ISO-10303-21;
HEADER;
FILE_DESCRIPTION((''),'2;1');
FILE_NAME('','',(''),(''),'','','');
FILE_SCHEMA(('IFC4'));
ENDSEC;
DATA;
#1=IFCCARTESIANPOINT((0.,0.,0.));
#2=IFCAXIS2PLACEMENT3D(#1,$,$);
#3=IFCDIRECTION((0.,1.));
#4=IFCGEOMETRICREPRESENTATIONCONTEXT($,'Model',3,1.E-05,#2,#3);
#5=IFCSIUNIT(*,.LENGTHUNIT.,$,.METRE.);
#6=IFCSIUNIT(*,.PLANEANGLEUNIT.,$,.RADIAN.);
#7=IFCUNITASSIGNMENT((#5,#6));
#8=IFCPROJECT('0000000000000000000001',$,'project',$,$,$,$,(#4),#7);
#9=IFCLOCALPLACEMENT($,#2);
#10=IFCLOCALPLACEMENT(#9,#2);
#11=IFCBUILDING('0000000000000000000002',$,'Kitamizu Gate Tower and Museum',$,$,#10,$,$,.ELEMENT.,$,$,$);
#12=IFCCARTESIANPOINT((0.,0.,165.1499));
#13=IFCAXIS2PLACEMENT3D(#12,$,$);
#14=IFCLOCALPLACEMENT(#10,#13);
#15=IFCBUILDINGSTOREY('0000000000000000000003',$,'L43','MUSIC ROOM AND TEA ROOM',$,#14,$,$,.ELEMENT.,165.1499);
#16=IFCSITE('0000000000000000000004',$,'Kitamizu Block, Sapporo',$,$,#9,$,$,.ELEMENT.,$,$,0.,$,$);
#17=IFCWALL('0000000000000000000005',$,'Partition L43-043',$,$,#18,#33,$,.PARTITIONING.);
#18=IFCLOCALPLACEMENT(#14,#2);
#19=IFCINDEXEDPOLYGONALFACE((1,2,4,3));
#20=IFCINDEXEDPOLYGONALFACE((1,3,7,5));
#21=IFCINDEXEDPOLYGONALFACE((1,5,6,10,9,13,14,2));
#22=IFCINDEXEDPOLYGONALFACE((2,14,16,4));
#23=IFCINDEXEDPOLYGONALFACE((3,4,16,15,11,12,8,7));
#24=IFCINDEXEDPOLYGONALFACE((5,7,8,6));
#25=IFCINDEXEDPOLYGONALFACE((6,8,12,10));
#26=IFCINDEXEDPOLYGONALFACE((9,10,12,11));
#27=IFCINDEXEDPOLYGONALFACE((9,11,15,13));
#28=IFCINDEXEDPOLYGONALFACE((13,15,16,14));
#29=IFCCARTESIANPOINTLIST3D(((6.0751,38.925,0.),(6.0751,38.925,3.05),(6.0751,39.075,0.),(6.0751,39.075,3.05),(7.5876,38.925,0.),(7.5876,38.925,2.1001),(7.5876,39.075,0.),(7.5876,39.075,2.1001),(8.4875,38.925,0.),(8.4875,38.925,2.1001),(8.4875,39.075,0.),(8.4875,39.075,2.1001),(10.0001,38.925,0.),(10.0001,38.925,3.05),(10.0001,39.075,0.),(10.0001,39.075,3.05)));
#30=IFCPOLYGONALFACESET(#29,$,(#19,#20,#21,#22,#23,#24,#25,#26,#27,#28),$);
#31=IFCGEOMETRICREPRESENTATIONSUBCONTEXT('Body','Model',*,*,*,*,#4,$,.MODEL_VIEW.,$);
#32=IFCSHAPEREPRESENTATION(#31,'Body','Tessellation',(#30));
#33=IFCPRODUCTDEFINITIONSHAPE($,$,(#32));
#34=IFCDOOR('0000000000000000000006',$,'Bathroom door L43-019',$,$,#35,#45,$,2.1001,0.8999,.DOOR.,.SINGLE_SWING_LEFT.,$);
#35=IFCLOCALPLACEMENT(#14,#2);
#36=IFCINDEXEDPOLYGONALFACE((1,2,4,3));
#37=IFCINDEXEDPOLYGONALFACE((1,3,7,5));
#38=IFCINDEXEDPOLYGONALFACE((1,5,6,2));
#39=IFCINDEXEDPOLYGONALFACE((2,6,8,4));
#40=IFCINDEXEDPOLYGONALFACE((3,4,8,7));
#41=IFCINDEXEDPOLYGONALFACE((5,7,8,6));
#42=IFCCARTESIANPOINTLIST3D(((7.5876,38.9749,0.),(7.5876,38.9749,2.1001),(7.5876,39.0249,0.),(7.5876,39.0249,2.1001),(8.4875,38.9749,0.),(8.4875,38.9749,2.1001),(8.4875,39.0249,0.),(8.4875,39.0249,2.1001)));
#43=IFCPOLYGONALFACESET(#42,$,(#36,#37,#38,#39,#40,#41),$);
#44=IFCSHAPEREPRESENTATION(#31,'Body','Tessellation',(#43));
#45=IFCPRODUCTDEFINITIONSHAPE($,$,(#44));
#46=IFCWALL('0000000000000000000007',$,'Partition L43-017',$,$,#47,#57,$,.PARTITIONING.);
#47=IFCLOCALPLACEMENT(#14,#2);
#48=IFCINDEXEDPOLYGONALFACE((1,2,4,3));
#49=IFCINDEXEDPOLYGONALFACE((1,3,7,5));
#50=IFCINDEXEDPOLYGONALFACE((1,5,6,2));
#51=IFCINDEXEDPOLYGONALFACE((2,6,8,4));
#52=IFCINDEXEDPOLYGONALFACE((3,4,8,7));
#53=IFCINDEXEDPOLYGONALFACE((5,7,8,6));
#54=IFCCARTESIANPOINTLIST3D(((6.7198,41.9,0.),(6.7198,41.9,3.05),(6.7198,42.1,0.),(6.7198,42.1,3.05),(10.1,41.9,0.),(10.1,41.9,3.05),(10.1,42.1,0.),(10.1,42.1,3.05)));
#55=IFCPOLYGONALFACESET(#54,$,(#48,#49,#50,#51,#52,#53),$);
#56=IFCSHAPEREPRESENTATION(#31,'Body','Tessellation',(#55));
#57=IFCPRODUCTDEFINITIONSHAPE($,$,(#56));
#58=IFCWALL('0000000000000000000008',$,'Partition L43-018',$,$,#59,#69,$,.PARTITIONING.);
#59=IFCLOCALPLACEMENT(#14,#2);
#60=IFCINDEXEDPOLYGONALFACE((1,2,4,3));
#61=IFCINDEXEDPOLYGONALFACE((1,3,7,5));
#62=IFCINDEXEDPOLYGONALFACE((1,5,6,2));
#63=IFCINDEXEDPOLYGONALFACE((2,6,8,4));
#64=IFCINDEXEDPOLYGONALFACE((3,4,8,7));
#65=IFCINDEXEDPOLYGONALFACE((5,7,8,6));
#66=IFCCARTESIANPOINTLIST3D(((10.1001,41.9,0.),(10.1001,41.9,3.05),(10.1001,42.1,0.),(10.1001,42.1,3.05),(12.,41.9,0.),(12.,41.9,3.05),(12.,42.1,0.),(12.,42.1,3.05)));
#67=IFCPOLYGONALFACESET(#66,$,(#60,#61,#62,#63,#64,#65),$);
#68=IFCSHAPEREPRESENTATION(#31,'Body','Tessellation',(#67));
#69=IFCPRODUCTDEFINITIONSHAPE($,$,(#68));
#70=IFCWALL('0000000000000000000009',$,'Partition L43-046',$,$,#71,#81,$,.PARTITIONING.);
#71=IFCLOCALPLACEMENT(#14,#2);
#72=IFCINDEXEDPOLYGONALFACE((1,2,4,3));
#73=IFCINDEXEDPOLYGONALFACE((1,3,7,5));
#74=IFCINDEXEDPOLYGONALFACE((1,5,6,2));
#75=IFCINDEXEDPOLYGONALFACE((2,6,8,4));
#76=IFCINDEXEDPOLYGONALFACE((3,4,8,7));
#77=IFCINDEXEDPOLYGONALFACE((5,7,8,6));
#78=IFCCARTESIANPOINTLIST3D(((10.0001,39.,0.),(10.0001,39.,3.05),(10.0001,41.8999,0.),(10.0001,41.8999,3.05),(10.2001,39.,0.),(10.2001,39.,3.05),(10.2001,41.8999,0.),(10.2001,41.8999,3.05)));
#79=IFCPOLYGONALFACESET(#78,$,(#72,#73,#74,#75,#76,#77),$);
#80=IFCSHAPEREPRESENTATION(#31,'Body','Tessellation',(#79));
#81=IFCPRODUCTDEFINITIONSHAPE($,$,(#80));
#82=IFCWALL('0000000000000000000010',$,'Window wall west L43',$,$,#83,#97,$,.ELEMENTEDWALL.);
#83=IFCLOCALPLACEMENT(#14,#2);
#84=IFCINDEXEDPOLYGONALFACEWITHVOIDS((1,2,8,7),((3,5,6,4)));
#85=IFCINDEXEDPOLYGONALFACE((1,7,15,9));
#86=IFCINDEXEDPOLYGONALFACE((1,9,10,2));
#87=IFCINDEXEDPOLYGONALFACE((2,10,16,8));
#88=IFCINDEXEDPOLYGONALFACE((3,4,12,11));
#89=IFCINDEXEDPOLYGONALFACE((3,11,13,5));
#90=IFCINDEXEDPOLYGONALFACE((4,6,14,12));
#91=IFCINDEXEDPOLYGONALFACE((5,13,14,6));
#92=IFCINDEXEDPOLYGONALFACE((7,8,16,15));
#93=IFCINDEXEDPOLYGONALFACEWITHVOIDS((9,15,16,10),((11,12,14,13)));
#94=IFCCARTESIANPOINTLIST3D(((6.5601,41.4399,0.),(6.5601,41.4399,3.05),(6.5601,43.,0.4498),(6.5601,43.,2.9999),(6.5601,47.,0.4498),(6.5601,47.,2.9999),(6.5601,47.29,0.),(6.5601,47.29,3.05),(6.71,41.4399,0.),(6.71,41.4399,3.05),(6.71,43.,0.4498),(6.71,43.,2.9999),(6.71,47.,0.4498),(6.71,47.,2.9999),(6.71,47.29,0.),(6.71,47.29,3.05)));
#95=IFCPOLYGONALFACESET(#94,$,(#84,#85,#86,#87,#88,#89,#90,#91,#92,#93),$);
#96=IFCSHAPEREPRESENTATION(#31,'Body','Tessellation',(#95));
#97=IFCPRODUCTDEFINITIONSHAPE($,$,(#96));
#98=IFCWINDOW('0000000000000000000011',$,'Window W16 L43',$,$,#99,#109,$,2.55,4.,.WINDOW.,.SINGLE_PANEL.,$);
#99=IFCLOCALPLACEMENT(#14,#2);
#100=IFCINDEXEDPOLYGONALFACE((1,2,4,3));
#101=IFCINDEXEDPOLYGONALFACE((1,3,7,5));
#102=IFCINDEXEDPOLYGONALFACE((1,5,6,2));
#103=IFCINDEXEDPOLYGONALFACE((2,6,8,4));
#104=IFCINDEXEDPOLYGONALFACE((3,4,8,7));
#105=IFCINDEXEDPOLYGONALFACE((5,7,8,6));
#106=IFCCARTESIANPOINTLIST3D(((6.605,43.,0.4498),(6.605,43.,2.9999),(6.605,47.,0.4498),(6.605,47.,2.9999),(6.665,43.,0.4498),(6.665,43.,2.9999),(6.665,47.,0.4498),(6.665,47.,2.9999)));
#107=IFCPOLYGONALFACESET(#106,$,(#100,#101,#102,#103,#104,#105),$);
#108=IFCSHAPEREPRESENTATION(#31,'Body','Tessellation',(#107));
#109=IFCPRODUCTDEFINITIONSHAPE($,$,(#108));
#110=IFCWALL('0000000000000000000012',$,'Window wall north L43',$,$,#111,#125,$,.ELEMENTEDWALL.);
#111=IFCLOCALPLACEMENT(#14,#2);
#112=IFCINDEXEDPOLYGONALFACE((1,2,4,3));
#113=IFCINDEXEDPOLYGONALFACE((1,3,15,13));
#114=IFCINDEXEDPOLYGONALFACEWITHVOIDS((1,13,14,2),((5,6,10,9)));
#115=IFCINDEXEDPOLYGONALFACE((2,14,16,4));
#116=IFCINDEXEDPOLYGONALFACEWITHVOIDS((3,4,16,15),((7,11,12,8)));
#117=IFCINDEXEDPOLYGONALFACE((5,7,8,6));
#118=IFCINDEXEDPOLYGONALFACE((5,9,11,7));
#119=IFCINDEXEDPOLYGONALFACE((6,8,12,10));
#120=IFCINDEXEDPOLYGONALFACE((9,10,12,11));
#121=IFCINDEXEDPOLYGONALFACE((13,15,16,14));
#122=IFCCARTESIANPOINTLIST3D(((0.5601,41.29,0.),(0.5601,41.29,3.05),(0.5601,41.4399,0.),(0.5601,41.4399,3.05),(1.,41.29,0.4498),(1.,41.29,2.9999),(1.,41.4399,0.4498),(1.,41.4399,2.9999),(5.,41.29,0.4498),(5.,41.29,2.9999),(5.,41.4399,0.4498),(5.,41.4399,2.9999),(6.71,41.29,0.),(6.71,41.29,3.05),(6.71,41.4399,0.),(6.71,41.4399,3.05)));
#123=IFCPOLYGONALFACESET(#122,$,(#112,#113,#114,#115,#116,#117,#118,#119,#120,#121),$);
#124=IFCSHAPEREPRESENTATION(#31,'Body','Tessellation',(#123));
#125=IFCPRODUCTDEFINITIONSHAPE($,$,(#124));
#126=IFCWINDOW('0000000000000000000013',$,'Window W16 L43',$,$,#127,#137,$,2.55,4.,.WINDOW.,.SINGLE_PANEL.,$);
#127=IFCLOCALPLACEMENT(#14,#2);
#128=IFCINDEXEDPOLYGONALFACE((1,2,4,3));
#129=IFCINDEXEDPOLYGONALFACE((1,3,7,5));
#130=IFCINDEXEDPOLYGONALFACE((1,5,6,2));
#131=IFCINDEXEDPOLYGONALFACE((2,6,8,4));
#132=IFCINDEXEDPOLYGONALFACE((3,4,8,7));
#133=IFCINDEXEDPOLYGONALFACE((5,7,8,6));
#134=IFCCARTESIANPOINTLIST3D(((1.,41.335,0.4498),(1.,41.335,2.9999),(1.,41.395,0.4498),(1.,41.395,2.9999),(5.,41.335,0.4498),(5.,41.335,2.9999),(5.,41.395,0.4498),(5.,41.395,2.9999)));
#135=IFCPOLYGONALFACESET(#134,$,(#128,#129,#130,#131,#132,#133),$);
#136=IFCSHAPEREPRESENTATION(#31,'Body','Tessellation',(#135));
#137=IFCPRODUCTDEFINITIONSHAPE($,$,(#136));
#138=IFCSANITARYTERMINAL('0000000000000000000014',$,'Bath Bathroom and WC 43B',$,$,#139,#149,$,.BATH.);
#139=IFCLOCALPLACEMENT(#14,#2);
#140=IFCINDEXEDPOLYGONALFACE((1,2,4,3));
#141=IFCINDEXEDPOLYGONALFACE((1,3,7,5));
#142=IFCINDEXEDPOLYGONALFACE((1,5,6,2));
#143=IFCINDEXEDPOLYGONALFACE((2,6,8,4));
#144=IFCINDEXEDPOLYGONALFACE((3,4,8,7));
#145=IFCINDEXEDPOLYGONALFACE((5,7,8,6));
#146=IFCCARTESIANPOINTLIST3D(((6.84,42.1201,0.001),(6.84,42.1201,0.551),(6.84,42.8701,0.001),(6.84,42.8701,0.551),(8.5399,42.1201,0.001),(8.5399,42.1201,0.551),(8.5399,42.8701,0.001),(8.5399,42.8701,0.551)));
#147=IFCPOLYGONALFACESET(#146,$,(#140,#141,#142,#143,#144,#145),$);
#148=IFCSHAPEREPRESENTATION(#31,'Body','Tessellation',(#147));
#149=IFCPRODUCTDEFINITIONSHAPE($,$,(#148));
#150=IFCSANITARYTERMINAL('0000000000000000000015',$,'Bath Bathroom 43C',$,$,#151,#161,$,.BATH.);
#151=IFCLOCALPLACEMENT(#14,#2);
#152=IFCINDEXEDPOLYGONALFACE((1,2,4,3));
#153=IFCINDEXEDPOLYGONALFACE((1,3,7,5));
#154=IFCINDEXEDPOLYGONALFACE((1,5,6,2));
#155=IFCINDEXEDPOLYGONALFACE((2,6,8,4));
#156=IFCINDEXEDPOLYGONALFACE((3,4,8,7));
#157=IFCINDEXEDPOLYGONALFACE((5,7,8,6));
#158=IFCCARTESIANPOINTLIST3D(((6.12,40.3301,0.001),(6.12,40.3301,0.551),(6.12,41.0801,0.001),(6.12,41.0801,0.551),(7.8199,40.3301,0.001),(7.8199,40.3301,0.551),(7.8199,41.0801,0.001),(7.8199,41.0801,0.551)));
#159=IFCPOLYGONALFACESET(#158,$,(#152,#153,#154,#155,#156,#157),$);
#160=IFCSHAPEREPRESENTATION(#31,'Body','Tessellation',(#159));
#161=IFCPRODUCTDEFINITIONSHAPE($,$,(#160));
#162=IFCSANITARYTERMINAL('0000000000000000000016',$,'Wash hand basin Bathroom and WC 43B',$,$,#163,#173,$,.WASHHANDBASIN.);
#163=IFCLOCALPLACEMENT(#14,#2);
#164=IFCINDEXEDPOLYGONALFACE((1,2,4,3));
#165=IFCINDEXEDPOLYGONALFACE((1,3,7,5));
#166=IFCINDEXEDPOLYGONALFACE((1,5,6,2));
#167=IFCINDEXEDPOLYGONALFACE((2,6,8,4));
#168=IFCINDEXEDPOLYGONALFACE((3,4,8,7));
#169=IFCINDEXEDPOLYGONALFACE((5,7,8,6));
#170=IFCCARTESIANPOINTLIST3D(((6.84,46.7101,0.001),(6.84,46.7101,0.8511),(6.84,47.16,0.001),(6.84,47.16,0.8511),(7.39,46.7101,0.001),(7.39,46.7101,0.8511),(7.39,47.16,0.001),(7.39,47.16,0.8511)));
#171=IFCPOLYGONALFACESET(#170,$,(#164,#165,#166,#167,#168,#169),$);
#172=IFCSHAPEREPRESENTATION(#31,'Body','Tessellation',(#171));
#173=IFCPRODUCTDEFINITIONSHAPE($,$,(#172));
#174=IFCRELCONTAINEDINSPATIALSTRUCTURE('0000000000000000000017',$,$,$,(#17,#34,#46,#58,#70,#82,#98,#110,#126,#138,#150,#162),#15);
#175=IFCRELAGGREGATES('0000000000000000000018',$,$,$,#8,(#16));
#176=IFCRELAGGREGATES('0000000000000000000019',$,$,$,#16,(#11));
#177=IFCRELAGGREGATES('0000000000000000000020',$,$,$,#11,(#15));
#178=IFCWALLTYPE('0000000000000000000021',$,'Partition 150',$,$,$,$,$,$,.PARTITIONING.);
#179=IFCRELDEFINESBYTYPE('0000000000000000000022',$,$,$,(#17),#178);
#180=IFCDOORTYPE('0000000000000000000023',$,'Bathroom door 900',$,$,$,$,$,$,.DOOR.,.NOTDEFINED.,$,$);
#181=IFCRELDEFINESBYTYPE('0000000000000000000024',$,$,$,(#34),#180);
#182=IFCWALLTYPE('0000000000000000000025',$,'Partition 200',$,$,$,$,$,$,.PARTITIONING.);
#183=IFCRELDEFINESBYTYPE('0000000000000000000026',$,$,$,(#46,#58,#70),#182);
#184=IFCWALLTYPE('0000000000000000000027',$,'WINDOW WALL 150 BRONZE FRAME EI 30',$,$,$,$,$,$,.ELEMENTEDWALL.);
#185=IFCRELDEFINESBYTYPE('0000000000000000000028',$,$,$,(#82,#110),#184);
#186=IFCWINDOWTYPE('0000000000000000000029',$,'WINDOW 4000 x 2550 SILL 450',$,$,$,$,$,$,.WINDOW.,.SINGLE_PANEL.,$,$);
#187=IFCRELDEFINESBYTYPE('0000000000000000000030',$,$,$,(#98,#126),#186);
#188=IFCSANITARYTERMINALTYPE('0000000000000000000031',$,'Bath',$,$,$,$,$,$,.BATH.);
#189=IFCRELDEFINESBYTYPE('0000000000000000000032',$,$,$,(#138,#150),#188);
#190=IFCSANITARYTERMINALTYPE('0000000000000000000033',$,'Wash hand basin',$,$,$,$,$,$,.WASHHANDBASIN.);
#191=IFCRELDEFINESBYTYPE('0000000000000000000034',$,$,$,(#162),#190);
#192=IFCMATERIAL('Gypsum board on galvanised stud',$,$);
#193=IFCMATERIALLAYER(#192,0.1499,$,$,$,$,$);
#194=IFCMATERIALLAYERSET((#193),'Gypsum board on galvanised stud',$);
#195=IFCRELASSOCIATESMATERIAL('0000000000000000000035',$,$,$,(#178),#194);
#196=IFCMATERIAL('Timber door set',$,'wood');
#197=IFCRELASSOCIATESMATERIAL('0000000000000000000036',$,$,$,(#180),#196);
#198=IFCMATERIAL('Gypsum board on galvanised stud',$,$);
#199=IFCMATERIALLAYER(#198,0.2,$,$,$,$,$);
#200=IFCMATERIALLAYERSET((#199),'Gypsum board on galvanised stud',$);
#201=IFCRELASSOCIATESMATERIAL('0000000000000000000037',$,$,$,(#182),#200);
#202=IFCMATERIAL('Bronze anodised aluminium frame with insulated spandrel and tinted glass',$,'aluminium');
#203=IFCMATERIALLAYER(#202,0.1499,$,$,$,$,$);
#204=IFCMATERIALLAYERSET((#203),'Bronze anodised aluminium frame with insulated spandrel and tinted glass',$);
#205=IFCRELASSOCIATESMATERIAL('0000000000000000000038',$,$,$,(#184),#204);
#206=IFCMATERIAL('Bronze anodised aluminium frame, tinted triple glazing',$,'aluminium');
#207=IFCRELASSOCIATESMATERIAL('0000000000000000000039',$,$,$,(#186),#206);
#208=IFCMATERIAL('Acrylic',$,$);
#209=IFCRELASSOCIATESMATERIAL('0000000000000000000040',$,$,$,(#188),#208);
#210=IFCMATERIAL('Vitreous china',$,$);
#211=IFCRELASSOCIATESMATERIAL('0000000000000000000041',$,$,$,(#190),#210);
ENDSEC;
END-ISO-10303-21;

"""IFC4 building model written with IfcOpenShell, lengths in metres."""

from ifc_helpers import new_model, si_unit, direction, frame, frame_2d, origin, origin_2d, place, context, subcontext, project, spatial, rectangle, extrude, material, layer, layer_set, type_object, element, fill, save


model = new_model("IFC4")

# Units and contexts
model_context = context("Model", 3, precision=1e-05, world=origin(), true_north=direction((0.0, 1.0)))
body_context = subcontext(model_context, "Body", "Model", "MODEL_VIEW")
ifc_project = project(units=[si_unit("LENGTHUNIT", "METRE"), si_unit("PLANEANGLEUNIT", "RADIAN")], contexts=[model_context])

# Site, building, storey
site_placement = place(None, origin())
site = spatial("IfcSite", under=ifc_project, at=site_placement, Name="Kitamizu Block, Sapporo", CompositionType="ELEMENT", RefElevation=0.0)
building_placement = place(site_placement, origin())
building = spatial("IfcBuilding", under=site, at=building_placement, Name="Kitamizu Gate Tower and Museum", CompositionType="ELEMENT")
storey_placement = place(building_placement, frame((0.0, 0.0, 165.1499)))
storey = spatial("IfcBuildingStorey", under=building, at=storey_placement, Name="L43", Description="MUSIC ROOM AND TEA ROOM", CompositionType="ELEMENT", Elevation=165.1499)

# Wall, opening, door
ifc_material_1 = material(Name="Gypsum board on galvanised stud")
ifc_layer_1 = layer(ifc_material_1, 0.1499)
ifc_layer_set_1 = layer_set([ifc_layer_1], Name="Gypsum board on galvanised stud")
wall_type_1 = type_object("IfcWallType", Name="Partition 150", PredefinedType="PARTITIONING", material=ifc_layer_set_1)
wall_1_placement = place(storey_placement, frame((10.0, 39.0, 0.0), z_axis=(0.0, 0.0, 1.0), x_axis=(-1.0, 0.0, 0.0)))
wall_1 = element("IfcWall", 1, at=wall_1_placement, inside=storey, type_object=wall_type_1, Name="Partition L43-043", PredefinedType="PARTITIONING", context=body_context, shape_type="SweptSolid", body=[
    extrude(rectangle(XDim=3.925, YDim=0.1499, at=frame_2d((1.9624, 0.0))), origin(), (0.0, 0.0, 1.0), 3.05),
])
opening_1_placement = place(wall_1_placement, frame((1.5125, 0.0, 0.0)))
opening_1 = element("IfcOpeningElement", 2, at=opening_1_placement, cuts=wall_1, PredefinedType="OPENING", context=body_context, shape_type="SweptSolid", body=[
    extrude(rectangle(XDim=0.8999, YDim=2.1001, at=frame_2d((0.45, 1.05))), frame((0.0, 0.085, 0.0), z_axis=(0.0, -1.0, 0.0), x_axis=(1.0, 0.0, 0.0)), (0.0, 0.0, 1.0), 0.1699),
])
ifc_material_2 = material(Name="Timber door set", Category="wood")
door_type = type_object("IfcDoorType", Name="Bathroom door 900", OperationType="NOTDEFINED", PredefinedType="DOOR", material=ifc_material_2)
door_placement = place(opening_1_placement, frame((0.8999, 0.0, 0.0), x_axis=(-1.0, 0.0, 0.0)))
door = element("IfcDoor", 3, at=door_placement, inside=storey, type_object=door_type, Name="Bathroom door L43-019", OperationType="SINGLE_SWING_LEFT", OverallHeight=2.1001, OverallWidth=0.8999, PredefinedType="DOOR", context=body_context, shape_type="SweptSolid", body=[
    extrude(rectangle(XDim=0.8999, YDim=2.1001, at=frame_2d((0.45, 1.05))), frame((0.0, 0.0249, 0.0), z_axis=(0.0, -1.0, 0.0), x_axis=(1.0, 0.0, 0.0)), (0.0, 0.0, 1.0), 0.05),
])
fill(opening_1, door)

# Walls
ifc_material_3 = material(Name="Gypsum board on galvanised stud")
ifc_layer_2 = layer(ifc_material_3, 0.2)
ifc_layer_set_2 = layer_set([ifc_layer_2], Name="Gypsum board on galvanised stud")
wall_type_2 = type_object("IfcWallType", Name="Partition 200", PredefinedType="PARTITIONING", material=ifc_layer_set_2)
wall_2_placement = place(storey_placement, frame((6.72, 42.0, 0.0), z_axis=(0.0, 0.0, 1.0), x_axis=(1.0, 0.0, 0.0)))
element("IfcWall", 4, at=wall_2_placement, inside=storey, type_object=wall_type_2, Name="Partition L43-017", PredefinedType="PARTITIONING", context=body_context, shape_type="SweptSolid", body=[
    extrude(rectangle(XDim=3.3801, YDim=0.2, at=frame_2d((1.6899, 0.0))), origin(), (0.0, 0.0, 1.0), 3.05),
])
wall_3_placement = place(storey_placement, frame((10.1001, 42.0, 0.0), z_axis=(0.0, 0.0, 1.0), x_axis=(1.0, 0.0, 0.0)))
element("IfcWall", 5, at=wall_3_placement, inside=storey, type_object=wall_type_2, Name="Partition L43-018", PredefinedType="PARTITIONING", context=body_context, shape_type="SweptSolid", body=[
    extrude(rectangle(XDim=1.8999, YDim=0.2, at=frame_2d((0.95, 0.0))), origin(), (0.0, 0.0, 1.0), 3.05),
])
wall_4_placement = place(storey_placement, frame((10.1001, 39.0, 0.0), z_axis=(0.0, 0.0, 1.0), x_axis=(0.0, 1.0, 0.0)))
element("IfcWall", 6, at=wall_4_placement, inside=storey, type_object=wall_type_2, Name="Partition L43-046", PredefinedType="PARTITIONING", context=body_context, shape_type="SweptSolid", body=[
    extrude(rectangle(XDim=2.8999, YDim=0.2, at=frame_2d((1.45, 0.0))), origin(), (0.0, 0.0, 1.0), 3.05),
])

# Shared definitions
ifc_material_4 = material(Name="Bronze anodised aluminium frame with insulated spandrel and tinted glass", Category="aluminium")
ifc_layer_3 = layer(ifc_material_4, 0.1499)
ifc_layer_set_3 = layer_set([ifc_layer_3], Name="Bronze anodised aluminium frame with insulated spandrel and tinted glass")
wall_type_3 = type_object("IfcWallType", Name="WINDOW WALL 150 BRONZE FRAME EI 30", PredefinedType="ELEMENTEDWALL", material=ifc_layer_set_3)
ifc_material_5 = material(Name="Bronze anodised aluminium frame, tinted triple glazing", Category="aluminium")
window_type_1 = type_object("IfcWindowType", Name="WINDOW 4000 x 2550 SILL 450", PartitioningType="SINGLE_PANEL", PredefinedType="WINDOW", material=ifc_material_5)

# Walls, openings, windows
wall_5_placement = place(storey_placement, frame((6.635, 41.4399, 0.0), z_axis=(0.0, 0.0, 1.0), x_axis=(0.0, 1.0, 0.0)))
wall_5 = element("IfcWall", 7, at=wall_5_placement, inside=storey, type_object=wall_type_3, Name="Window wall west L43", PredefinedType="ELEMENTEDWALL", context=body_context, shape_type="SweptSolid", body=[
    extrude(rectangle(XDim=5.8501, YDim=0.1499, at=frame_2d((2.925, 0.0))), origin(), (0.0, 0.0, 1.0), 3.05),
])
opening_2_placement = place(wall_5_placement, frame((1.5601, 0.0, 0.45)))
opening_2 = element("IfcOpeningElement", 8, at=opening_2_placement, cuts=wall_5, PredefinedType="OPENING", context=body_context, shape_type="SweptSolid", body=[
    extrude(rectangle(XDim=4.0, YDim=2.55, at=frame_2d((2.0, 1.2749))), frame((0.0, 0.085, 0.0), z_axis=(0.0, -1.0, 0.0), x_axis=(1.0, 0.0, 0.0)), (0.0, 0.0, 1.0), 0.1699),
])
window_1_placement = place(opening_2_placement, origin())
window_1 = element("IfcWindow", 9, at=window_1_placement, inside=storey, type_object=window_type_1, Name="Window W16 L43", OverallHeight=2.55, OverallWidth=4.0, PartitioningType="SINGLE_PANEL", PredefinedType="WINDOW", context=body_context, shape_type="SweptSolid", body=[
    extrude(rectangle(XDim=4.0, YDim=2.55, at=frame_2d((2.0, 1.2749))), frame((0.0, 0.03, 0.0), z_axis=(0.0, -1.0, 0.0), x_axis=(1.0, 0.0, 0.0)), (0.0, 0.0, 1.0), 0.0601),
])
fill(opening_2, window_1)
wall_6_placement = place(storey_placement, frame((0.5601, 41.365, 0.0), z_axis=(0.0, 0.0, 1.0), x_axis=(1.0, 0.0, 0.0)))
wall_6 = element("IfcWall", 10, at=wall_6_placement, inside=storey, type_object=wall_type_3, Name="Window wall north L43", PredefinedType="ELEMENTEDWALL", context=body_context, shape_type="SweptSolid", body=[
    extrude(rectangle(XDim=6.1499, YDim=0.1499, at=frame_2d((3.075, 0.0))), origin(), (0.0, 0.0, 1.0), 3.05),
])
opening_3_placement = place(wall_6_placement, frame((0.4399, 0.0, 0.45)))
opening_3 = element("IfcOpeningElement", 11, at=opening_3_placement, cuts=wall_6, PredefinedType="OPENING", context=body_context, shape_type="SweptSolid", body=[
    extrude(rectangle(XDim=4.0, YDim=2.55, at=frame_2d((2.0, 1.2749))), frame((0.0, 0.085, 0.0), z_axis=(0.0, -1.0, 0.0), x_axis=(1.0, 0.0, 0.0)), (0.0, 0.0, 1.0), 0.1699),
])
window_2_placement = place(opening_3_placement, origin())
window_2 = element("IfcWindow", 12, at=window_2_placement, inside=storey, type_object=window_type_1, Name="Window W16 L43", OverallHeight=2.55, OverallWidth=4.0, PartitioningType="SINGLE_PANEL", PredefinedType="WINDOW", context=body_context, shape_type="SweptSolid", body=[
    extrude(rectangle(XDim=4.0, YDim=2.55, at=frame_2d((2.0, 1.2749))), frame((0.0, 0.03, 0.0), z_axis=(0.0, -1.0, 0.0), x_axis=(1.0, 0.0, 0.0)), (0.0, 0.0, 1.0), 0.0601),
])
fill(opening_3, window_2)

# Sanitary terminals
ifc_material_6 = material(Name="Acrylic")
sanitary_terminal_type_1 = type_object("IfcSanitaryTerminalType", Name="Bath", PredefinedType="BATH", material=ifc_material_6)
for number, where, z_axis, x_axis, name in (
    (13, (7.6899, 42.4951, 0.001), (0.0, 0.0, 1.0), (1.0, 0.0, 0.0), "Bath Bathroom and WC 43B"),
    (14, (6.97, 40.7051, 0.001), (0.0, 0.0, 1.0), (1.0, 0.0, 0.0), "Bath Bathroom 43C"),
):
    element("IfcSanitaryTerminal", number, at=place(storey_placement, frame(where, z_axis=z_axis, x_axis=x_axis)), inside=storey, type_object=sanitary_terminal_type_1, Name=name, PredefinedType="BATH", context=body_context, shape_type="SweptSolid", body=[
        extrude(rectangle(XDim=1.7, YDim=0.75, at=origin_2d()), origin(), (0.0, 0.0, 1.0), 0.55),
    ])
ifc_material_7 = material(Name="Vitreous china")
sanitary_terminal_type_2 = type_object("IfcSanitaryTerminalType", Name="Wash hand basin", PredefinedType="WASHHANDBASIN", material=ifc_material_7)
for number, where, z_axis, x_axis, name in (
    (15, (7.115, 46.9351, 0.001), (0.0, 0.0, 1.0), (1.0, 0.0, 0.0), "Wash hand basin Bathroom and WC 43B"),
):
    element("IfcSanitaryTerminal", number, at=place(storey_placement, frame(where, z_axis=z_axis, x_axis=x_axis)), inside=storey, type_object=sanitary_terminal_type_2, Name=name, PredefinedType="WASHHANDBASIN", context=body_context, shape_type="SweptSolid", body=[
        extrude(rectangle(XDim=0.55, YDim=0.45, at=origin_2d()), origin(), (0.0, 0.0, 1.0), 0.8501),
    ])

save(model, "model.ifc")
